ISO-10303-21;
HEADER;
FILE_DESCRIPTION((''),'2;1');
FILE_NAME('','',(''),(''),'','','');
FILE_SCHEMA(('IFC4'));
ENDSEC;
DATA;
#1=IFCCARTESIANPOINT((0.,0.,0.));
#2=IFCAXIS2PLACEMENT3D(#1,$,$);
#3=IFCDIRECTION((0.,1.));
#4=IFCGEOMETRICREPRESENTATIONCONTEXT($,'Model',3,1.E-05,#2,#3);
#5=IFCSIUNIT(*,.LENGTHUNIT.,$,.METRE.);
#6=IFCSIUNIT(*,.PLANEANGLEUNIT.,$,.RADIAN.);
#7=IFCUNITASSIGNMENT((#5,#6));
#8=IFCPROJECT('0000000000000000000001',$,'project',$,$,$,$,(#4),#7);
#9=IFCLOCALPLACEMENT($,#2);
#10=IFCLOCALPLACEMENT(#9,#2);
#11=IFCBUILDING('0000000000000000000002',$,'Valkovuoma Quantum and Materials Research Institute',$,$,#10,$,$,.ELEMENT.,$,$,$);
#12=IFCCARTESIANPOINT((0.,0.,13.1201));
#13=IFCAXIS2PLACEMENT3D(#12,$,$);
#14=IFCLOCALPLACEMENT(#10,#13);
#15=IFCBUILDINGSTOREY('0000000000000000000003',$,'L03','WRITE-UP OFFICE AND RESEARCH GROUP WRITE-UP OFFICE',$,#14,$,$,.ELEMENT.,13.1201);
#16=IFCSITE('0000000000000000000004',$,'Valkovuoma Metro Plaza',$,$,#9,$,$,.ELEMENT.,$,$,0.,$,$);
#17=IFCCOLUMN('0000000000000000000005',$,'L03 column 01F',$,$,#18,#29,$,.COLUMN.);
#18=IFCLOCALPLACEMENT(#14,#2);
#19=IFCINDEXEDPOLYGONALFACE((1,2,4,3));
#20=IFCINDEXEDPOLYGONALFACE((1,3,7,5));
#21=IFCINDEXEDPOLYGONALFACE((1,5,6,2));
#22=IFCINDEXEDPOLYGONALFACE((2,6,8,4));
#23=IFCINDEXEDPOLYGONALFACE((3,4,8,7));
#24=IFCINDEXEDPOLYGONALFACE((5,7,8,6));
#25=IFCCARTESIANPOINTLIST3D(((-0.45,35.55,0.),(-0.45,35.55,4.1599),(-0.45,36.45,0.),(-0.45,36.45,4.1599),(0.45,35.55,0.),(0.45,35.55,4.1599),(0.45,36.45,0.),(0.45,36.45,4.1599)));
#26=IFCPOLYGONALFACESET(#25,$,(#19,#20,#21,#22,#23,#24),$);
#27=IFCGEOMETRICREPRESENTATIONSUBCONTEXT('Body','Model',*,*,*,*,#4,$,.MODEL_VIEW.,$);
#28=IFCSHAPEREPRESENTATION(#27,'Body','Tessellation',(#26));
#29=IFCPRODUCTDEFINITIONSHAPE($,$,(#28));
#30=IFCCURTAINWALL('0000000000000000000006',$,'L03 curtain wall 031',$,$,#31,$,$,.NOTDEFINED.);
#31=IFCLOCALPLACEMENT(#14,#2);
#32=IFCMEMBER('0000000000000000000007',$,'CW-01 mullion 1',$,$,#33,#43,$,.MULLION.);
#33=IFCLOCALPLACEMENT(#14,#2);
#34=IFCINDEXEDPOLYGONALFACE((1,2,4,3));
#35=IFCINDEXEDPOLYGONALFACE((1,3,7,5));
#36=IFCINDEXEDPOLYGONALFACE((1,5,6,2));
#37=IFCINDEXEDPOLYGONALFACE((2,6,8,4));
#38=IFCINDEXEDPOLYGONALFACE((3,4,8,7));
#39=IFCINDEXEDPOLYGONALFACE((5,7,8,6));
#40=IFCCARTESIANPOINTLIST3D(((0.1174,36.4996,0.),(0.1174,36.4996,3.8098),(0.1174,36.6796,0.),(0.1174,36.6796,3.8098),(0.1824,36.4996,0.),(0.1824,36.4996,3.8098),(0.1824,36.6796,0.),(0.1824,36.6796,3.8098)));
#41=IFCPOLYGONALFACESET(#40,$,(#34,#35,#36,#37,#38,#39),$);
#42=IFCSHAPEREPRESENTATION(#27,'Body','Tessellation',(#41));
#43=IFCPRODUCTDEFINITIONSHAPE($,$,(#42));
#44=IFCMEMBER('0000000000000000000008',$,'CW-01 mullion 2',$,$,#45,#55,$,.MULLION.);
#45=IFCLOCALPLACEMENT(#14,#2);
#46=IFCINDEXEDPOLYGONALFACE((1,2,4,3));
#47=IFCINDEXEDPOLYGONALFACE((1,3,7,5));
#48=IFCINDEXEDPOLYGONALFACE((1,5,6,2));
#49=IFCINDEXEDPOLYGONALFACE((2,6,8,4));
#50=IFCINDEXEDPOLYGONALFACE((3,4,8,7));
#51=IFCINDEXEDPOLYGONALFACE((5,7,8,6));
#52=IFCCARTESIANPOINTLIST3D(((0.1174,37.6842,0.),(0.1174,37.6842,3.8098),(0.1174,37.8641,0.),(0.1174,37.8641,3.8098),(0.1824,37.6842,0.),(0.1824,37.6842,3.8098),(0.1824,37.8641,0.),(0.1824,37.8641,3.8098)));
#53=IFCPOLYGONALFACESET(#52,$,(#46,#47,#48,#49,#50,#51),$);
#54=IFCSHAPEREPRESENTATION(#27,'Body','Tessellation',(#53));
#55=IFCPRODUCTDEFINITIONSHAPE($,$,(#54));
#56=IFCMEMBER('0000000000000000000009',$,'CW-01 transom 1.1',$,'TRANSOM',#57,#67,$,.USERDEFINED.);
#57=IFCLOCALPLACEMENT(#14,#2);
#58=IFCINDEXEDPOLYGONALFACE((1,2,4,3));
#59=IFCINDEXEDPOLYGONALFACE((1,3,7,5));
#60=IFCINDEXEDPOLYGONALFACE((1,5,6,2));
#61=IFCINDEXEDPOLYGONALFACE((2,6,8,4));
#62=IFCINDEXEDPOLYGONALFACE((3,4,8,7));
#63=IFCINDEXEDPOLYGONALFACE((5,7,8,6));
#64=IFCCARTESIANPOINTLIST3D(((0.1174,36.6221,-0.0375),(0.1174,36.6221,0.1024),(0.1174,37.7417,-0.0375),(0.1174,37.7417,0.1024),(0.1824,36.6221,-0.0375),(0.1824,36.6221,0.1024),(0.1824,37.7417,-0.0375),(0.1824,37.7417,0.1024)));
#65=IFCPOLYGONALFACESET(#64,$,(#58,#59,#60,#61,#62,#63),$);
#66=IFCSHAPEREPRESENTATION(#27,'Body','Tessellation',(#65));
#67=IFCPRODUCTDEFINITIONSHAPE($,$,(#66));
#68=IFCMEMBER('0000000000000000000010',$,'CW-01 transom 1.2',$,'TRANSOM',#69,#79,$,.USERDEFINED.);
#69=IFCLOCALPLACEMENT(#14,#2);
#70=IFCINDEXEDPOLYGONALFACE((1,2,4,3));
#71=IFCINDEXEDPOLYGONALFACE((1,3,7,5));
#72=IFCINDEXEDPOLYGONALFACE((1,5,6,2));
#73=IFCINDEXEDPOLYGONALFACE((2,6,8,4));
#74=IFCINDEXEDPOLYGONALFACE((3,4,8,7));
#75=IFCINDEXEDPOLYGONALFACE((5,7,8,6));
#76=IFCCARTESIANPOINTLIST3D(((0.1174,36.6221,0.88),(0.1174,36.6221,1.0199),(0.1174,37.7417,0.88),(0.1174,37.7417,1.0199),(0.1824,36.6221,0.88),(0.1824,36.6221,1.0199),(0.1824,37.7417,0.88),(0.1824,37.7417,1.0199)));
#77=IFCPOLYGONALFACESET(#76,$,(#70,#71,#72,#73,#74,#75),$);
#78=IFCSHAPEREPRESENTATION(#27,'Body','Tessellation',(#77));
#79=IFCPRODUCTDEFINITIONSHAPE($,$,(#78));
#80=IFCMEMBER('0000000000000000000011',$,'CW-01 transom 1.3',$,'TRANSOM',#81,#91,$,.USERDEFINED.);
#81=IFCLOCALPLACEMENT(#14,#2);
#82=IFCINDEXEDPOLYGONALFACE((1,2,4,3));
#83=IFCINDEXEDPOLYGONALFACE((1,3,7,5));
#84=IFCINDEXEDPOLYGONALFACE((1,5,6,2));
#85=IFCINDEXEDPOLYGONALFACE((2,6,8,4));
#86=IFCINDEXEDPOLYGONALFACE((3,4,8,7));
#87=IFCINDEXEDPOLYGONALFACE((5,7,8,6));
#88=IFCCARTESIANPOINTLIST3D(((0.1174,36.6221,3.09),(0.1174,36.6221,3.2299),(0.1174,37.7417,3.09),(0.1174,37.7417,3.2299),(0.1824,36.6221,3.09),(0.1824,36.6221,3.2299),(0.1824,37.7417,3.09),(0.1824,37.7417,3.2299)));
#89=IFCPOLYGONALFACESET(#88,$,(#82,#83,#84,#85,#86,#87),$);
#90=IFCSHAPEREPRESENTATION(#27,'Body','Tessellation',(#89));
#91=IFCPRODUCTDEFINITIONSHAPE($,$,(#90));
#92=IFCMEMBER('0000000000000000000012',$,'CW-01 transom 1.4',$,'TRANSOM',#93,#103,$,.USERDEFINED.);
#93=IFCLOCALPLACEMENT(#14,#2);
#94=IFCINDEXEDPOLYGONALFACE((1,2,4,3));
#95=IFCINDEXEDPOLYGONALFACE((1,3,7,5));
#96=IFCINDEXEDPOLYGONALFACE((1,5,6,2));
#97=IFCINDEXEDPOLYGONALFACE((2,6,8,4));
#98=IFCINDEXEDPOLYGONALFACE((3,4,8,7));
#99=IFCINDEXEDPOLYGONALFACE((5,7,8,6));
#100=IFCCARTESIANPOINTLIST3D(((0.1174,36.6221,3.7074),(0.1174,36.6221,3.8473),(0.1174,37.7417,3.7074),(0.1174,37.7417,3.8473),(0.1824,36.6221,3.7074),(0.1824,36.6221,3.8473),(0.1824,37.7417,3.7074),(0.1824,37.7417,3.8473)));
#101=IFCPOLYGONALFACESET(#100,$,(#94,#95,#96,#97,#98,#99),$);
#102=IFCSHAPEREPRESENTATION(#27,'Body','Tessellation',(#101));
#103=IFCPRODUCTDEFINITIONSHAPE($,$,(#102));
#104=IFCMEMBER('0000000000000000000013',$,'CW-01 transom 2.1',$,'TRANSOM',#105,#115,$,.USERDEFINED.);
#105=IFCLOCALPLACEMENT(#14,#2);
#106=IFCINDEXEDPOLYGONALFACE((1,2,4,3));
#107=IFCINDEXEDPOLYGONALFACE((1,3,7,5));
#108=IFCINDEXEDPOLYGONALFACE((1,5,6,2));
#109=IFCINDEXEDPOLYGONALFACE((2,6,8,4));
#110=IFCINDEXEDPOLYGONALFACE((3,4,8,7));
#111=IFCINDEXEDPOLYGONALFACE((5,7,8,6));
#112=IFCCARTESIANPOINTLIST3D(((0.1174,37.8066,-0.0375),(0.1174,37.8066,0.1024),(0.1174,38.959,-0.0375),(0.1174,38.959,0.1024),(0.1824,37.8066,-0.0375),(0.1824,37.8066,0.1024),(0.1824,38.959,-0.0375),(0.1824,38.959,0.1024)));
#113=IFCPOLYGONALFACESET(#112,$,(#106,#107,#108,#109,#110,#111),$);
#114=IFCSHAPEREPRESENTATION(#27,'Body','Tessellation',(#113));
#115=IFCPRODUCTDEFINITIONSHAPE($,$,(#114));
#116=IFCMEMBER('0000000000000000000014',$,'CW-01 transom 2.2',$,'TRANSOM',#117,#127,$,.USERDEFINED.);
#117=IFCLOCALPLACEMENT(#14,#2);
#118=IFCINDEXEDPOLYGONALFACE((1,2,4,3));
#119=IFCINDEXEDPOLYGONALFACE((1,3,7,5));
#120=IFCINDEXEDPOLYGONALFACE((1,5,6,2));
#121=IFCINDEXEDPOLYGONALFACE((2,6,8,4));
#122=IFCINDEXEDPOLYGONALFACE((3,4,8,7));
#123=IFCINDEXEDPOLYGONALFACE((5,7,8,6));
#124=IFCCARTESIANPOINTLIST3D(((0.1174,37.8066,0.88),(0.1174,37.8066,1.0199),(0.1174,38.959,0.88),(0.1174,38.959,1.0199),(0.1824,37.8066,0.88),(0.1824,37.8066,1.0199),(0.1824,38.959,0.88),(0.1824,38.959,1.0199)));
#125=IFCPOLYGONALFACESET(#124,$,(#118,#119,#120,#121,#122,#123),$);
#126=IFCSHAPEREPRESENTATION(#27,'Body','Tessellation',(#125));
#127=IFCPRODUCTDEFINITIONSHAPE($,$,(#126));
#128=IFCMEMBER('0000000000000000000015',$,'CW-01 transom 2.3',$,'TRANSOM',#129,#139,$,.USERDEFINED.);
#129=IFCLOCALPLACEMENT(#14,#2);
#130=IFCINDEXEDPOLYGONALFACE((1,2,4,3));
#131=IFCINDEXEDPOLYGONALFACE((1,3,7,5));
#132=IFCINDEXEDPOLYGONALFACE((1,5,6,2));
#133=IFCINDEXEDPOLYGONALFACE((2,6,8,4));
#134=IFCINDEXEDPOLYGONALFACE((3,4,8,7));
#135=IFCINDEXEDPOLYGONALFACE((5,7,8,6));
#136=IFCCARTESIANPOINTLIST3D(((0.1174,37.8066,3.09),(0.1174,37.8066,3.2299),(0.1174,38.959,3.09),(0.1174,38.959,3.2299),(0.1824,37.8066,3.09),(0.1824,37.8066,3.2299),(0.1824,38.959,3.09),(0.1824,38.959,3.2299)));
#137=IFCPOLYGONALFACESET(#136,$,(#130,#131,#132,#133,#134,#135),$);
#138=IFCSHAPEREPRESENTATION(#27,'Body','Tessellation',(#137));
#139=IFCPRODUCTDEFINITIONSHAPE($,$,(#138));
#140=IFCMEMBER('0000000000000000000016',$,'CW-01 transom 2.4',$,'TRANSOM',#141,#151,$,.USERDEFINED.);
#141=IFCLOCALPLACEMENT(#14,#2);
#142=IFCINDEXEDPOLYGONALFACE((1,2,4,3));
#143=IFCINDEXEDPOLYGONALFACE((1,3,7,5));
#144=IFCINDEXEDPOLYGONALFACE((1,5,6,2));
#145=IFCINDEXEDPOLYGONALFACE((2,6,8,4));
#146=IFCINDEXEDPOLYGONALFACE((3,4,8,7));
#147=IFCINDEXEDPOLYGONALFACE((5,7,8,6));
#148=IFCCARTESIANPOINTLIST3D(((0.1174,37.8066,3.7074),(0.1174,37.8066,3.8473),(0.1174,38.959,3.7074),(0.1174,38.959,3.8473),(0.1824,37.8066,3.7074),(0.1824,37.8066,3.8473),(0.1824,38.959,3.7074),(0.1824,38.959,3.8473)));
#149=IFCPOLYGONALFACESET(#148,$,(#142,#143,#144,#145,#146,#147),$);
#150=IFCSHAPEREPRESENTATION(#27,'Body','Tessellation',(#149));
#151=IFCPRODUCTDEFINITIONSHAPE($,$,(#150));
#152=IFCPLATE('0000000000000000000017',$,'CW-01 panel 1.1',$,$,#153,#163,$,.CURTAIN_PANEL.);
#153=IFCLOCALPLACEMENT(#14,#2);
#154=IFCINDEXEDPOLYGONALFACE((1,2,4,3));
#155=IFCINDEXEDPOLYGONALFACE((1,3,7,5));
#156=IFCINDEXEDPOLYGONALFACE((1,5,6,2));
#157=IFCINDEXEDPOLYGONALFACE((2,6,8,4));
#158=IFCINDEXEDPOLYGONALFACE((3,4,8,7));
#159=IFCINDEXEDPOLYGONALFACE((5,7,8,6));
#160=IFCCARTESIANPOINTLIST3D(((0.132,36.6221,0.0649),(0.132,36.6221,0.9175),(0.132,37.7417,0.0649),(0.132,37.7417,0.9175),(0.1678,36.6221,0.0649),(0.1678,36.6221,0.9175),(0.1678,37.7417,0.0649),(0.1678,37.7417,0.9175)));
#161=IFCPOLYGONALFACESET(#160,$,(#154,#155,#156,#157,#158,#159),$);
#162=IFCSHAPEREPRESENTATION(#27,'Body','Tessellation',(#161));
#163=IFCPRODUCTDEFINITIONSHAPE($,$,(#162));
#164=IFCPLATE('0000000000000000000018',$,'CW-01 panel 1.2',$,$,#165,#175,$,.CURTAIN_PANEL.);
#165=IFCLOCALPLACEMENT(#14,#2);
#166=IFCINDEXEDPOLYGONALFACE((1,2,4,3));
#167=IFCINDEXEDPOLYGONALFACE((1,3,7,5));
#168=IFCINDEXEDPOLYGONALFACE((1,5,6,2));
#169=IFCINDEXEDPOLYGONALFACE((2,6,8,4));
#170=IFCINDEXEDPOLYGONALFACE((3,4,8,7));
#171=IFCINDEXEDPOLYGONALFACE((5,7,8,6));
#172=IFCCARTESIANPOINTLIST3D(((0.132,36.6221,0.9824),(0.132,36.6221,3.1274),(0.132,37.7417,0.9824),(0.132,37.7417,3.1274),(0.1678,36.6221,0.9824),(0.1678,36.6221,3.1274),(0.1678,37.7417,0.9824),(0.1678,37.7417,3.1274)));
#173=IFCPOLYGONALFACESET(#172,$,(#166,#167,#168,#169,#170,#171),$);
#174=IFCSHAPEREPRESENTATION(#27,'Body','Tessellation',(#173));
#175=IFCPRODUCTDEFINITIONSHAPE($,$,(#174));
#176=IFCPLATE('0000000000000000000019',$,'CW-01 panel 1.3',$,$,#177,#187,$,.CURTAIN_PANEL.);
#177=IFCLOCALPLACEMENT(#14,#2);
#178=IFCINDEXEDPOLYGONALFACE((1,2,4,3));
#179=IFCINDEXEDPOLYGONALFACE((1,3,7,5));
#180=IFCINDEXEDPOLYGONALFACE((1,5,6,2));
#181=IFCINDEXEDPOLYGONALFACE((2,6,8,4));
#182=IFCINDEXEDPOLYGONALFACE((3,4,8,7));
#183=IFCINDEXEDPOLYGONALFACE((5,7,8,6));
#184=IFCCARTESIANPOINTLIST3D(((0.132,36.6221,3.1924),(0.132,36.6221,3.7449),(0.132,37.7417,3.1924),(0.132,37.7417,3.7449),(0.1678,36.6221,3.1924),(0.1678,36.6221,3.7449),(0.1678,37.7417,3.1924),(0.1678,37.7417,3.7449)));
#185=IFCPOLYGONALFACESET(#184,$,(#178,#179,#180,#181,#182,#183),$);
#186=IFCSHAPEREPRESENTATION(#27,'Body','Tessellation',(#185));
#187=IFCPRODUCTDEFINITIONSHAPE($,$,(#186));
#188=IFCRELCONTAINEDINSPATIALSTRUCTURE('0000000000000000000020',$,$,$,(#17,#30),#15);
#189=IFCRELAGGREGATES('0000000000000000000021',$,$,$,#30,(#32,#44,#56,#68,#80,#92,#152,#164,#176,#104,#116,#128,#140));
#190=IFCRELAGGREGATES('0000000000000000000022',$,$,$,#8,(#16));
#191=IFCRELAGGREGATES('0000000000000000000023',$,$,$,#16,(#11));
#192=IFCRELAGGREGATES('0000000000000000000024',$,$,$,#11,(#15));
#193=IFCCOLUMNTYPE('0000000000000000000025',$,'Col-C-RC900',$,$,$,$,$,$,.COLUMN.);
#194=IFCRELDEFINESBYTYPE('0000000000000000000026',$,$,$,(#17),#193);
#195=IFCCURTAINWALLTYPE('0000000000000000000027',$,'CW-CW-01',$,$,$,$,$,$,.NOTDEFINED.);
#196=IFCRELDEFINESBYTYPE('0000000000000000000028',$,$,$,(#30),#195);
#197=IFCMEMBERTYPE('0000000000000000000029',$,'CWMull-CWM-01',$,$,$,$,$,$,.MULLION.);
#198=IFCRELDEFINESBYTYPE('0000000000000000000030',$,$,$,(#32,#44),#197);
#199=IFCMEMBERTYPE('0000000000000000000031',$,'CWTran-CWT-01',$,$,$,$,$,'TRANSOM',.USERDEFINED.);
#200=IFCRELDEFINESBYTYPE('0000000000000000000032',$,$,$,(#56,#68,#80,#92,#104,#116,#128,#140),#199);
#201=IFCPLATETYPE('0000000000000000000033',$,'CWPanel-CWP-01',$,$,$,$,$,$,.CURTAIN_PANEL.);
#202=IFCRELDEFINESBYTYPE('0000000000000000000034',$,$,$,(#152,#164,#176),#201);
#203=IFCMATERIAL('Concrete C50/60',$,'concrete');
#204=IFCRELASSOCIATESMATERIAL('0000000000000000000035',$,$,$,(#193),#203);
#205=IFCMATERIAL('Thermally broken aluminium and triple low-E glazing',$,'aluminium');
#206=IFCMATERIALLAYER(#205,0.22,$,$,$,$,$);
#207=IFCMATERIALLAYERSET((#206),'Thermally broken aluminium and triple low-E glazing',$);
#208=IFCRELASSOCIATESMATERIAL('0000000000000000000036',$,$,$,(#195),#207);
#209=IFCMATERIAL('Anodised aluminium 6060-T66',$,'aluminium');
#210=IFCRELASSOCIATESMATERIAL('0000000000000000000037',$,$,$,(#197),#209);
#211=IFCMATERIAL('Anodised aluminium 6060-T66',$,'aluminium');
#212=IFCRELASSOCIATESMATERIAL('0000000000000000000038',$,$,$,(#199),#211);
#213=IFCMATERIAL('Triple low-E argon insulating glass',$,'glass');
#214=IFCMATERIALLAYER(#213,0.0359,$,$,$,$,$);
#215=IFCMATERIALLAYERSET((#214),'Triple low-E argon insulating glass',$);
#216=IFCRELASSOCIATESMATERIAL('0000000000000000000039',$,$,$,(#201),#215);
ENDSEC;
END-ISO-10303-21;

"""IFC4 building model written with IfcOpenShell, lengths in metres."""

from ifc_helpers import new_model, si_unit, direction, frame, origin, origin_2d, place, context, subcontext, project, spatial, rectangle, extrude, material, layer, layer_set, material_profile, profile_set, type_object, element, aggregate, save


model = new_model("IFC4")

# Units and contexts
model_context = context("Model", 3, precision=1e-05, world=origin(), true_north=direction((0.0, 1.0)))
body_context = subcontext(model_context, "Body", "Model", "MODEL_VIEW")
ifc_project = project(units=[si_unit("LENGTHUNIT", "METRE"), si_unit("PLANEANGLEUNIT", "RADIAN")], contexts=[model_context])

# Site, building, storey
site_placement = place(None, origin())
site = spatial("IfcSite", under=ifc_project, at=site_placement, Name="Valkovuoma Metro Plaza", CompositionType="ELEMENT", RefElevation=0.0)
building_placement = place(site_placement, origin())
building = spatial("IfcBuilding", under=site, at=building_placement, Name="Valkovuoma Quantum and Materials Research Institute", CompositionType="ELEMENT")
storey_placement = place(building_placement, frame((0.0, 0.0, 13.1201)))
storey = spatial("IfcBuildingStorey", under=building, at=storey_placement, Name="L03", Description="WRITE-UP OFFICE AND RESEARCH GROUP WRITE-UP OFFICE", CompositionType="ELEMENT", Elevation=13.1201)

# Column
ifc_material_1 = material(Name="Concrete C50/60", Category="concrete")
ifc_material_profile_1 = material_profile(ifc_material_1, rectangle(XDim=0.8999, YDim=0.8999, at=origin_2d()), Name="Concrete C50/60")
ifc_profile_set_1 = profile_set([ifc_material_profile_1], Name="Concrete C50/60")
column_type = type_object("IfcColumnType", Name="Col-C-RC900", PredefinedType="COLUMN", material=ifc_profile_set_1)
column_placement = place(storey_placement, frame((0.0, 36.0, 0.0), z_axis=(0.0, 0.0, 1.0), x_axis=(1.0, 0.0, 0.0)))
element("IfcColumn", 1, at=column_placement, inside=storey, type_object=column_type, Name="L03 column 01F", PredefinedType="COLUMN", context=body_context, shape_type="SweptSolid", body=[
    extrude(rectangle(XDim=0.8999, YDim=0.8999, at=origin_2d()), origin(), (0.0, 0.0, 1.0), 4.1599),
])

# Curtain wall, members, plates
ifc_material_2 = material(Name="Thermally broken aluminium and triple low-E glazing", Category="aluminium")
ifc_layer_1 = layer(ifc_material_2, 0.22)
ifc_layer_set_1 = layer_set([ifc_layer_1], Name="Thermally broken aluminium and triple low-E glazing")
curtain_wall_type = type_object("IfcCurtainWallType", Name="CW-CW-01", PredefinedType="NOTDEFINED", material=ifc_layer_set_1)
curtain_wall_placement = place(storey_placement, origin())
curtain_wall = element("IfcCurtainWall", 2, at=curtain_wall_placement, inside=storey, type_object=curtain_wall_type, Name="L03 curtain wall 031", PredefinedType="NOTDEFINED")
ifc_material_3 = material(Name="Anodised aluminium 6060-T66", Category="aluminium")
ifc_material_profile_2 = material_profile(ifc_material_3, rectangle(XDim=0.0649, YDim=0.1799, at=origin_2d()), Name="Anodised aluminium 6060-T66")
ifc_profile_set_2 = profile_set([ifc_material_profile_2], Name="Anodised aluminium 6060-T66")
member_type_1 = type_object("IfcMemberType", Name="CWMull-CWM-01", PredefinedType="MULLION", material=ifc_profile_set_2)
member_1_placement = place(storey_placement, frame((0.1499, 36.5896, 0.0), z_axis=(0.0, 0.0, 1.0), x_axis=(-1.0, 0.0, 0.0)))
member_1 = element("IfcMember", 3, at=member_1_placement, type_object=member_type_1, Name="CW-01 mullion 1", PredefinedType="MULLION", context=body_context, shape_type="SweptSolid", body=[
    extrude(rectangle(XDim=0.0649, YDim=0.1799, at=origin_2d()), origin(), (0.0, 0.0, 1.0), 3.8098),
])
member_2_placement = place(storey_placement, frame((0.1499, 37.7742, 0.0), z_axis=(0.0, 0.0, 1.0), x_axis=(-1.0, 0.0, 0.0)))
member_2 = element("IfcMember", 4, at=member_2_placement, type_object=member_type_1, Name="CW-01 mullion 2", PredefinedType="MULLION", context=body_context, shape_type="SweptSolid", body=[
    extrude(rectangle(XDim=0.0649, YDim=0.1799, at=origin_2d()), origin(), (0.0, 0.0, 1.0), 3.8098),
])
ifc_material_4 = material(Name="Anodised aluminium 6060-T66", Category="aluminium")
ifc_material_profile_3 = material_profile(ifc_material_4, rectangle(XDim=0.0649, YDim=0.1399, at=origin_2d()), Name="Anodised aluminium 6060-T66")
ifc_profile_set_3 = profile_set([ifc_material_profile_3], Name="Anodised aluminium 6060-T66")
member_type_2 = type_object("IfcMemberType", Name="CWTran-CWT-01", ElementType="TRANSOM", PredefinedType="USERDEFINED", material=ifc_profile_set_3)
member_3_placement = place(storey_placement, frame((0.1499, 36.6221, 0.0325), z_axis=(0.0, 1.0, 0.0), x_axis=(-1.0, 0.0, 0.0)))
member_3 = element("IfcMember", 5, at=member_3_placement, type_object=member_type_2, Name="CW-01 transom 1.1", ObjectType="TRANSOM", PredefinedType="USERDEFINED", context=body_context, shape_type="SweptSolid", body=[
    extrude(rectangle(XDim=0.0649, YDim=0.1399, at=origin_2d()), origin(), (0.0, 0.0, 1.0), 1.1196),
])
member_4_placement = place(storey_placement, frame((0.1499, 36.6221, 0.95), z_axis=(0.0, 1.0, 0.0), x_axis=(-1.0, 0.0, 0.0)))
member_4 = element("IfcMember", 6, at=member_4_placement, type_object=member_type_2, Name="CW-01 transom 1.2", ObjectType="TRANSOM", PredefinedType="USERDEFINED", context=body_context, shape_type="SweptSolid", body=[
    extrude(rectangle(XDim=0.0649, YDim=0.1399, at=origin_2d()), origin(), (0.0, 0.0, 1.0), 1.1196),
])
member_5_placement = place(storey_placement, frame((0.1499, 36.6221, 3.1599), z_axis=(0.0, 1.0, 0.0), x_axis=(-1.0, 0.0, 0.0)))
member_5 = element("IfcMember", 7, at=member_5_placement, type_object=member_type_2, Name="CW-01 transom 1.3", ObjectType="TRANSOM", PredefinedType="USERDEFINED", context=body_context, shape_type="SweptSolid", body=[
    extrude(rectangle(XDim=0.0649, YDim=0.1399, at=origin_2d()), origin(), (0.0, 0.0, 1.0), 1.1196),
])
member_6_placement = place(storey_placement, frame((0.1499, 36.6221, 3.7773), z_axis=(0.0, 1.0, 0.0), x_axis=(-1.0, 0.0, 0.0)))
member_6 = element("IfcMember", 8, at=member_6_placement, type_object=member_type_2, Name="CW-01 transom 1.4", ObjectType="TRANSOM", PredefinedType="USERDEFINED", context=body_context, shape_type="SweptSolid", body=[
    extrude(rectangle(XDim=0.0649, YDim=0.1399, at=origin_2d()), origin(), (0.0, 0.0, 1.0), 1.1196),
])
member_7_placement = place(storey_placement, frame((0.1499, 37.8066, 0.0325), z_axis=(0.0, 1.0, 0.0), x_axis=(-1.0, 0.0, 0.0)))
member_7 = element("IfcMember", 9, at=member_7_placement, type_object=member_type_2, Name="CW-01 transom 2.1", ObjectType="TRANSOM", PredefinedType="USERDEFINED", context=body_context, shape_type="SweptSolid", body=[
    extrude(rectangle(XDim=0.0649, YDim=0.1399, at=origin_2d()), origin(), (0.0, 0.0, 1.0), 1.1523),
])
member_8_placement = place(storey_placement, frame((0.1499, 37.8066, 0.95), z_axis=(0.0, 1.0, 0.0), x_axis=(-1.0, 0.0, 0.0)))
member_8 = element("IfcMember", 10, at=member_8_placement, type_object=member_type_2, Name="CW-01 transom 2.2", ObjectType="TRANSOM", PredefinedType="USERDEFINED", context=body_context, shape_type="SweptSolid", body=[
    extrude(rectangle(XDim=0.0649, YDim=0.1399, at=origin_2d()), origin(), (0.0, 0.0, 1.0), 1.1523),
])
member_9_placement = place(storey_placement, frame((0.1499, 37.8066, 3.1599), z_axis=(0.0, 1.0, 0.0), x_axis=(-1.0, 0.0, 0.0)))
member_9 = element("IfcMember", 11, at=member_9_placement, type_object=member_type_2, Name="CW-01 transom 2.3", ObjectType="TRANSOM", PredefinedType="USERDEFINED", context=body_context, shape_type="SweptSolid", body=[
    extrude(rectangle(XDim=0.0649, YDim=0.1399, at=origin_2d()), origin(), (0.0, 0.0, 1.0), 1.1523),
])
member_10_placement = place(storey_placement, frame((0.1499, 37.8066, 3.7773), z_axis=(0.0, 1.0, 0.0), x_axis=(-1.0, 0.0, 0.0)))
member_10 = element("IfcMember", 12, at=member_10_placement, type_object=member_type_2, Name="CW-01 transom 2.4", ObjectType="TRANSOM", PredefinedType="USERDEFINED", context=body_context, shape_type="SweptSolid", body=[
    extrude(rectangle(XDim=0.0649, YDim=0.1399, at=origin_2d()), origin(), (0.0, 0.0, 1.0), 1.1523),
])
ifc_material_5 = material(Name="Triple low-E argon insulating glass", Category="glass")
ifc_layer_2 = layer(ifc_material_5, 0.0359)
ifc_layer_set_2 = layer_set([ifc_layer_2], Name="Triple low-E argon insulating glass")
plate_type = type_object("IfcPlateType", Name="CWPanel-CWP-01", PredefinedType="CURTAIN_PANEL", material=ifc_layer_set_2)
plate_1_placement = place(storey_placement, frame((0.1499, 37.1819, 0.0649), z_axis=(0.0, 0.0, 1.0), x_axis=(0.0, 1.0, 0.0)))
plate_1 = element("IfcPlate", 13, at=plate_1_placement, type_object=plate_type, Name="CW-01 panel 1.1", PredefinedType="CURTAIN_PANEL", context=body_context, shape_type="SweptSolid", body=[
    extrude(rectangle(XDim=1.1196, YDim=0.0359, at=origin_2d()), origin(), (0.0, 0.0, 1.0), 0.8525),
])
plate_2_placement = place(storey_placement, frame((0.1499, 37.1819, 0.9824), z_axis=(0.0, 0.0, 1.0), x_axis=(0.0, 1.0, 0.0)))
plate_2 = element("IfcPlate", 14, at=plate_2_placement, type_object=plate_type, Name="CW-01 panel 1.2", PredefinedType="CURTAIN_PANEL", context=body_context, shape_type="SweptSolid", body=[
    extrude(rectangle(XDim=1.1196, YDim=0.0359, at=origin_2d()), origin(), (0.0, 0.0, 1.0), 2.145),
])
plate_3_placement = place(storey_placement, frame((0.1499, 37.1819, 3.1924), z_axis=(0.0, 0.0, 1.0), x_axis=(0.0, 1.0, 0.0)))
plate_3 = element("IfcPlate", 15, at=plate_3_placement, type_object=plate_type, Name="CW-01 panel 1.3", PredefinedType="CURTAIN_PANEL", context=body_context, shape_type="SweptSolid", body=[
    extrude(rectangle(XDim=1.1196, YDim=0.0359, at=origin_2d()), origin(), (0.0, 0.0, 1.0), 0.5525),
])
aggregate(curtain_wall, [member_1, member_2, member_3, member_4, member_5, member_6, plate_1, plate_2, plate_3, member_7, member_8, member_9, member_10])

save(model, "model.ifc")
